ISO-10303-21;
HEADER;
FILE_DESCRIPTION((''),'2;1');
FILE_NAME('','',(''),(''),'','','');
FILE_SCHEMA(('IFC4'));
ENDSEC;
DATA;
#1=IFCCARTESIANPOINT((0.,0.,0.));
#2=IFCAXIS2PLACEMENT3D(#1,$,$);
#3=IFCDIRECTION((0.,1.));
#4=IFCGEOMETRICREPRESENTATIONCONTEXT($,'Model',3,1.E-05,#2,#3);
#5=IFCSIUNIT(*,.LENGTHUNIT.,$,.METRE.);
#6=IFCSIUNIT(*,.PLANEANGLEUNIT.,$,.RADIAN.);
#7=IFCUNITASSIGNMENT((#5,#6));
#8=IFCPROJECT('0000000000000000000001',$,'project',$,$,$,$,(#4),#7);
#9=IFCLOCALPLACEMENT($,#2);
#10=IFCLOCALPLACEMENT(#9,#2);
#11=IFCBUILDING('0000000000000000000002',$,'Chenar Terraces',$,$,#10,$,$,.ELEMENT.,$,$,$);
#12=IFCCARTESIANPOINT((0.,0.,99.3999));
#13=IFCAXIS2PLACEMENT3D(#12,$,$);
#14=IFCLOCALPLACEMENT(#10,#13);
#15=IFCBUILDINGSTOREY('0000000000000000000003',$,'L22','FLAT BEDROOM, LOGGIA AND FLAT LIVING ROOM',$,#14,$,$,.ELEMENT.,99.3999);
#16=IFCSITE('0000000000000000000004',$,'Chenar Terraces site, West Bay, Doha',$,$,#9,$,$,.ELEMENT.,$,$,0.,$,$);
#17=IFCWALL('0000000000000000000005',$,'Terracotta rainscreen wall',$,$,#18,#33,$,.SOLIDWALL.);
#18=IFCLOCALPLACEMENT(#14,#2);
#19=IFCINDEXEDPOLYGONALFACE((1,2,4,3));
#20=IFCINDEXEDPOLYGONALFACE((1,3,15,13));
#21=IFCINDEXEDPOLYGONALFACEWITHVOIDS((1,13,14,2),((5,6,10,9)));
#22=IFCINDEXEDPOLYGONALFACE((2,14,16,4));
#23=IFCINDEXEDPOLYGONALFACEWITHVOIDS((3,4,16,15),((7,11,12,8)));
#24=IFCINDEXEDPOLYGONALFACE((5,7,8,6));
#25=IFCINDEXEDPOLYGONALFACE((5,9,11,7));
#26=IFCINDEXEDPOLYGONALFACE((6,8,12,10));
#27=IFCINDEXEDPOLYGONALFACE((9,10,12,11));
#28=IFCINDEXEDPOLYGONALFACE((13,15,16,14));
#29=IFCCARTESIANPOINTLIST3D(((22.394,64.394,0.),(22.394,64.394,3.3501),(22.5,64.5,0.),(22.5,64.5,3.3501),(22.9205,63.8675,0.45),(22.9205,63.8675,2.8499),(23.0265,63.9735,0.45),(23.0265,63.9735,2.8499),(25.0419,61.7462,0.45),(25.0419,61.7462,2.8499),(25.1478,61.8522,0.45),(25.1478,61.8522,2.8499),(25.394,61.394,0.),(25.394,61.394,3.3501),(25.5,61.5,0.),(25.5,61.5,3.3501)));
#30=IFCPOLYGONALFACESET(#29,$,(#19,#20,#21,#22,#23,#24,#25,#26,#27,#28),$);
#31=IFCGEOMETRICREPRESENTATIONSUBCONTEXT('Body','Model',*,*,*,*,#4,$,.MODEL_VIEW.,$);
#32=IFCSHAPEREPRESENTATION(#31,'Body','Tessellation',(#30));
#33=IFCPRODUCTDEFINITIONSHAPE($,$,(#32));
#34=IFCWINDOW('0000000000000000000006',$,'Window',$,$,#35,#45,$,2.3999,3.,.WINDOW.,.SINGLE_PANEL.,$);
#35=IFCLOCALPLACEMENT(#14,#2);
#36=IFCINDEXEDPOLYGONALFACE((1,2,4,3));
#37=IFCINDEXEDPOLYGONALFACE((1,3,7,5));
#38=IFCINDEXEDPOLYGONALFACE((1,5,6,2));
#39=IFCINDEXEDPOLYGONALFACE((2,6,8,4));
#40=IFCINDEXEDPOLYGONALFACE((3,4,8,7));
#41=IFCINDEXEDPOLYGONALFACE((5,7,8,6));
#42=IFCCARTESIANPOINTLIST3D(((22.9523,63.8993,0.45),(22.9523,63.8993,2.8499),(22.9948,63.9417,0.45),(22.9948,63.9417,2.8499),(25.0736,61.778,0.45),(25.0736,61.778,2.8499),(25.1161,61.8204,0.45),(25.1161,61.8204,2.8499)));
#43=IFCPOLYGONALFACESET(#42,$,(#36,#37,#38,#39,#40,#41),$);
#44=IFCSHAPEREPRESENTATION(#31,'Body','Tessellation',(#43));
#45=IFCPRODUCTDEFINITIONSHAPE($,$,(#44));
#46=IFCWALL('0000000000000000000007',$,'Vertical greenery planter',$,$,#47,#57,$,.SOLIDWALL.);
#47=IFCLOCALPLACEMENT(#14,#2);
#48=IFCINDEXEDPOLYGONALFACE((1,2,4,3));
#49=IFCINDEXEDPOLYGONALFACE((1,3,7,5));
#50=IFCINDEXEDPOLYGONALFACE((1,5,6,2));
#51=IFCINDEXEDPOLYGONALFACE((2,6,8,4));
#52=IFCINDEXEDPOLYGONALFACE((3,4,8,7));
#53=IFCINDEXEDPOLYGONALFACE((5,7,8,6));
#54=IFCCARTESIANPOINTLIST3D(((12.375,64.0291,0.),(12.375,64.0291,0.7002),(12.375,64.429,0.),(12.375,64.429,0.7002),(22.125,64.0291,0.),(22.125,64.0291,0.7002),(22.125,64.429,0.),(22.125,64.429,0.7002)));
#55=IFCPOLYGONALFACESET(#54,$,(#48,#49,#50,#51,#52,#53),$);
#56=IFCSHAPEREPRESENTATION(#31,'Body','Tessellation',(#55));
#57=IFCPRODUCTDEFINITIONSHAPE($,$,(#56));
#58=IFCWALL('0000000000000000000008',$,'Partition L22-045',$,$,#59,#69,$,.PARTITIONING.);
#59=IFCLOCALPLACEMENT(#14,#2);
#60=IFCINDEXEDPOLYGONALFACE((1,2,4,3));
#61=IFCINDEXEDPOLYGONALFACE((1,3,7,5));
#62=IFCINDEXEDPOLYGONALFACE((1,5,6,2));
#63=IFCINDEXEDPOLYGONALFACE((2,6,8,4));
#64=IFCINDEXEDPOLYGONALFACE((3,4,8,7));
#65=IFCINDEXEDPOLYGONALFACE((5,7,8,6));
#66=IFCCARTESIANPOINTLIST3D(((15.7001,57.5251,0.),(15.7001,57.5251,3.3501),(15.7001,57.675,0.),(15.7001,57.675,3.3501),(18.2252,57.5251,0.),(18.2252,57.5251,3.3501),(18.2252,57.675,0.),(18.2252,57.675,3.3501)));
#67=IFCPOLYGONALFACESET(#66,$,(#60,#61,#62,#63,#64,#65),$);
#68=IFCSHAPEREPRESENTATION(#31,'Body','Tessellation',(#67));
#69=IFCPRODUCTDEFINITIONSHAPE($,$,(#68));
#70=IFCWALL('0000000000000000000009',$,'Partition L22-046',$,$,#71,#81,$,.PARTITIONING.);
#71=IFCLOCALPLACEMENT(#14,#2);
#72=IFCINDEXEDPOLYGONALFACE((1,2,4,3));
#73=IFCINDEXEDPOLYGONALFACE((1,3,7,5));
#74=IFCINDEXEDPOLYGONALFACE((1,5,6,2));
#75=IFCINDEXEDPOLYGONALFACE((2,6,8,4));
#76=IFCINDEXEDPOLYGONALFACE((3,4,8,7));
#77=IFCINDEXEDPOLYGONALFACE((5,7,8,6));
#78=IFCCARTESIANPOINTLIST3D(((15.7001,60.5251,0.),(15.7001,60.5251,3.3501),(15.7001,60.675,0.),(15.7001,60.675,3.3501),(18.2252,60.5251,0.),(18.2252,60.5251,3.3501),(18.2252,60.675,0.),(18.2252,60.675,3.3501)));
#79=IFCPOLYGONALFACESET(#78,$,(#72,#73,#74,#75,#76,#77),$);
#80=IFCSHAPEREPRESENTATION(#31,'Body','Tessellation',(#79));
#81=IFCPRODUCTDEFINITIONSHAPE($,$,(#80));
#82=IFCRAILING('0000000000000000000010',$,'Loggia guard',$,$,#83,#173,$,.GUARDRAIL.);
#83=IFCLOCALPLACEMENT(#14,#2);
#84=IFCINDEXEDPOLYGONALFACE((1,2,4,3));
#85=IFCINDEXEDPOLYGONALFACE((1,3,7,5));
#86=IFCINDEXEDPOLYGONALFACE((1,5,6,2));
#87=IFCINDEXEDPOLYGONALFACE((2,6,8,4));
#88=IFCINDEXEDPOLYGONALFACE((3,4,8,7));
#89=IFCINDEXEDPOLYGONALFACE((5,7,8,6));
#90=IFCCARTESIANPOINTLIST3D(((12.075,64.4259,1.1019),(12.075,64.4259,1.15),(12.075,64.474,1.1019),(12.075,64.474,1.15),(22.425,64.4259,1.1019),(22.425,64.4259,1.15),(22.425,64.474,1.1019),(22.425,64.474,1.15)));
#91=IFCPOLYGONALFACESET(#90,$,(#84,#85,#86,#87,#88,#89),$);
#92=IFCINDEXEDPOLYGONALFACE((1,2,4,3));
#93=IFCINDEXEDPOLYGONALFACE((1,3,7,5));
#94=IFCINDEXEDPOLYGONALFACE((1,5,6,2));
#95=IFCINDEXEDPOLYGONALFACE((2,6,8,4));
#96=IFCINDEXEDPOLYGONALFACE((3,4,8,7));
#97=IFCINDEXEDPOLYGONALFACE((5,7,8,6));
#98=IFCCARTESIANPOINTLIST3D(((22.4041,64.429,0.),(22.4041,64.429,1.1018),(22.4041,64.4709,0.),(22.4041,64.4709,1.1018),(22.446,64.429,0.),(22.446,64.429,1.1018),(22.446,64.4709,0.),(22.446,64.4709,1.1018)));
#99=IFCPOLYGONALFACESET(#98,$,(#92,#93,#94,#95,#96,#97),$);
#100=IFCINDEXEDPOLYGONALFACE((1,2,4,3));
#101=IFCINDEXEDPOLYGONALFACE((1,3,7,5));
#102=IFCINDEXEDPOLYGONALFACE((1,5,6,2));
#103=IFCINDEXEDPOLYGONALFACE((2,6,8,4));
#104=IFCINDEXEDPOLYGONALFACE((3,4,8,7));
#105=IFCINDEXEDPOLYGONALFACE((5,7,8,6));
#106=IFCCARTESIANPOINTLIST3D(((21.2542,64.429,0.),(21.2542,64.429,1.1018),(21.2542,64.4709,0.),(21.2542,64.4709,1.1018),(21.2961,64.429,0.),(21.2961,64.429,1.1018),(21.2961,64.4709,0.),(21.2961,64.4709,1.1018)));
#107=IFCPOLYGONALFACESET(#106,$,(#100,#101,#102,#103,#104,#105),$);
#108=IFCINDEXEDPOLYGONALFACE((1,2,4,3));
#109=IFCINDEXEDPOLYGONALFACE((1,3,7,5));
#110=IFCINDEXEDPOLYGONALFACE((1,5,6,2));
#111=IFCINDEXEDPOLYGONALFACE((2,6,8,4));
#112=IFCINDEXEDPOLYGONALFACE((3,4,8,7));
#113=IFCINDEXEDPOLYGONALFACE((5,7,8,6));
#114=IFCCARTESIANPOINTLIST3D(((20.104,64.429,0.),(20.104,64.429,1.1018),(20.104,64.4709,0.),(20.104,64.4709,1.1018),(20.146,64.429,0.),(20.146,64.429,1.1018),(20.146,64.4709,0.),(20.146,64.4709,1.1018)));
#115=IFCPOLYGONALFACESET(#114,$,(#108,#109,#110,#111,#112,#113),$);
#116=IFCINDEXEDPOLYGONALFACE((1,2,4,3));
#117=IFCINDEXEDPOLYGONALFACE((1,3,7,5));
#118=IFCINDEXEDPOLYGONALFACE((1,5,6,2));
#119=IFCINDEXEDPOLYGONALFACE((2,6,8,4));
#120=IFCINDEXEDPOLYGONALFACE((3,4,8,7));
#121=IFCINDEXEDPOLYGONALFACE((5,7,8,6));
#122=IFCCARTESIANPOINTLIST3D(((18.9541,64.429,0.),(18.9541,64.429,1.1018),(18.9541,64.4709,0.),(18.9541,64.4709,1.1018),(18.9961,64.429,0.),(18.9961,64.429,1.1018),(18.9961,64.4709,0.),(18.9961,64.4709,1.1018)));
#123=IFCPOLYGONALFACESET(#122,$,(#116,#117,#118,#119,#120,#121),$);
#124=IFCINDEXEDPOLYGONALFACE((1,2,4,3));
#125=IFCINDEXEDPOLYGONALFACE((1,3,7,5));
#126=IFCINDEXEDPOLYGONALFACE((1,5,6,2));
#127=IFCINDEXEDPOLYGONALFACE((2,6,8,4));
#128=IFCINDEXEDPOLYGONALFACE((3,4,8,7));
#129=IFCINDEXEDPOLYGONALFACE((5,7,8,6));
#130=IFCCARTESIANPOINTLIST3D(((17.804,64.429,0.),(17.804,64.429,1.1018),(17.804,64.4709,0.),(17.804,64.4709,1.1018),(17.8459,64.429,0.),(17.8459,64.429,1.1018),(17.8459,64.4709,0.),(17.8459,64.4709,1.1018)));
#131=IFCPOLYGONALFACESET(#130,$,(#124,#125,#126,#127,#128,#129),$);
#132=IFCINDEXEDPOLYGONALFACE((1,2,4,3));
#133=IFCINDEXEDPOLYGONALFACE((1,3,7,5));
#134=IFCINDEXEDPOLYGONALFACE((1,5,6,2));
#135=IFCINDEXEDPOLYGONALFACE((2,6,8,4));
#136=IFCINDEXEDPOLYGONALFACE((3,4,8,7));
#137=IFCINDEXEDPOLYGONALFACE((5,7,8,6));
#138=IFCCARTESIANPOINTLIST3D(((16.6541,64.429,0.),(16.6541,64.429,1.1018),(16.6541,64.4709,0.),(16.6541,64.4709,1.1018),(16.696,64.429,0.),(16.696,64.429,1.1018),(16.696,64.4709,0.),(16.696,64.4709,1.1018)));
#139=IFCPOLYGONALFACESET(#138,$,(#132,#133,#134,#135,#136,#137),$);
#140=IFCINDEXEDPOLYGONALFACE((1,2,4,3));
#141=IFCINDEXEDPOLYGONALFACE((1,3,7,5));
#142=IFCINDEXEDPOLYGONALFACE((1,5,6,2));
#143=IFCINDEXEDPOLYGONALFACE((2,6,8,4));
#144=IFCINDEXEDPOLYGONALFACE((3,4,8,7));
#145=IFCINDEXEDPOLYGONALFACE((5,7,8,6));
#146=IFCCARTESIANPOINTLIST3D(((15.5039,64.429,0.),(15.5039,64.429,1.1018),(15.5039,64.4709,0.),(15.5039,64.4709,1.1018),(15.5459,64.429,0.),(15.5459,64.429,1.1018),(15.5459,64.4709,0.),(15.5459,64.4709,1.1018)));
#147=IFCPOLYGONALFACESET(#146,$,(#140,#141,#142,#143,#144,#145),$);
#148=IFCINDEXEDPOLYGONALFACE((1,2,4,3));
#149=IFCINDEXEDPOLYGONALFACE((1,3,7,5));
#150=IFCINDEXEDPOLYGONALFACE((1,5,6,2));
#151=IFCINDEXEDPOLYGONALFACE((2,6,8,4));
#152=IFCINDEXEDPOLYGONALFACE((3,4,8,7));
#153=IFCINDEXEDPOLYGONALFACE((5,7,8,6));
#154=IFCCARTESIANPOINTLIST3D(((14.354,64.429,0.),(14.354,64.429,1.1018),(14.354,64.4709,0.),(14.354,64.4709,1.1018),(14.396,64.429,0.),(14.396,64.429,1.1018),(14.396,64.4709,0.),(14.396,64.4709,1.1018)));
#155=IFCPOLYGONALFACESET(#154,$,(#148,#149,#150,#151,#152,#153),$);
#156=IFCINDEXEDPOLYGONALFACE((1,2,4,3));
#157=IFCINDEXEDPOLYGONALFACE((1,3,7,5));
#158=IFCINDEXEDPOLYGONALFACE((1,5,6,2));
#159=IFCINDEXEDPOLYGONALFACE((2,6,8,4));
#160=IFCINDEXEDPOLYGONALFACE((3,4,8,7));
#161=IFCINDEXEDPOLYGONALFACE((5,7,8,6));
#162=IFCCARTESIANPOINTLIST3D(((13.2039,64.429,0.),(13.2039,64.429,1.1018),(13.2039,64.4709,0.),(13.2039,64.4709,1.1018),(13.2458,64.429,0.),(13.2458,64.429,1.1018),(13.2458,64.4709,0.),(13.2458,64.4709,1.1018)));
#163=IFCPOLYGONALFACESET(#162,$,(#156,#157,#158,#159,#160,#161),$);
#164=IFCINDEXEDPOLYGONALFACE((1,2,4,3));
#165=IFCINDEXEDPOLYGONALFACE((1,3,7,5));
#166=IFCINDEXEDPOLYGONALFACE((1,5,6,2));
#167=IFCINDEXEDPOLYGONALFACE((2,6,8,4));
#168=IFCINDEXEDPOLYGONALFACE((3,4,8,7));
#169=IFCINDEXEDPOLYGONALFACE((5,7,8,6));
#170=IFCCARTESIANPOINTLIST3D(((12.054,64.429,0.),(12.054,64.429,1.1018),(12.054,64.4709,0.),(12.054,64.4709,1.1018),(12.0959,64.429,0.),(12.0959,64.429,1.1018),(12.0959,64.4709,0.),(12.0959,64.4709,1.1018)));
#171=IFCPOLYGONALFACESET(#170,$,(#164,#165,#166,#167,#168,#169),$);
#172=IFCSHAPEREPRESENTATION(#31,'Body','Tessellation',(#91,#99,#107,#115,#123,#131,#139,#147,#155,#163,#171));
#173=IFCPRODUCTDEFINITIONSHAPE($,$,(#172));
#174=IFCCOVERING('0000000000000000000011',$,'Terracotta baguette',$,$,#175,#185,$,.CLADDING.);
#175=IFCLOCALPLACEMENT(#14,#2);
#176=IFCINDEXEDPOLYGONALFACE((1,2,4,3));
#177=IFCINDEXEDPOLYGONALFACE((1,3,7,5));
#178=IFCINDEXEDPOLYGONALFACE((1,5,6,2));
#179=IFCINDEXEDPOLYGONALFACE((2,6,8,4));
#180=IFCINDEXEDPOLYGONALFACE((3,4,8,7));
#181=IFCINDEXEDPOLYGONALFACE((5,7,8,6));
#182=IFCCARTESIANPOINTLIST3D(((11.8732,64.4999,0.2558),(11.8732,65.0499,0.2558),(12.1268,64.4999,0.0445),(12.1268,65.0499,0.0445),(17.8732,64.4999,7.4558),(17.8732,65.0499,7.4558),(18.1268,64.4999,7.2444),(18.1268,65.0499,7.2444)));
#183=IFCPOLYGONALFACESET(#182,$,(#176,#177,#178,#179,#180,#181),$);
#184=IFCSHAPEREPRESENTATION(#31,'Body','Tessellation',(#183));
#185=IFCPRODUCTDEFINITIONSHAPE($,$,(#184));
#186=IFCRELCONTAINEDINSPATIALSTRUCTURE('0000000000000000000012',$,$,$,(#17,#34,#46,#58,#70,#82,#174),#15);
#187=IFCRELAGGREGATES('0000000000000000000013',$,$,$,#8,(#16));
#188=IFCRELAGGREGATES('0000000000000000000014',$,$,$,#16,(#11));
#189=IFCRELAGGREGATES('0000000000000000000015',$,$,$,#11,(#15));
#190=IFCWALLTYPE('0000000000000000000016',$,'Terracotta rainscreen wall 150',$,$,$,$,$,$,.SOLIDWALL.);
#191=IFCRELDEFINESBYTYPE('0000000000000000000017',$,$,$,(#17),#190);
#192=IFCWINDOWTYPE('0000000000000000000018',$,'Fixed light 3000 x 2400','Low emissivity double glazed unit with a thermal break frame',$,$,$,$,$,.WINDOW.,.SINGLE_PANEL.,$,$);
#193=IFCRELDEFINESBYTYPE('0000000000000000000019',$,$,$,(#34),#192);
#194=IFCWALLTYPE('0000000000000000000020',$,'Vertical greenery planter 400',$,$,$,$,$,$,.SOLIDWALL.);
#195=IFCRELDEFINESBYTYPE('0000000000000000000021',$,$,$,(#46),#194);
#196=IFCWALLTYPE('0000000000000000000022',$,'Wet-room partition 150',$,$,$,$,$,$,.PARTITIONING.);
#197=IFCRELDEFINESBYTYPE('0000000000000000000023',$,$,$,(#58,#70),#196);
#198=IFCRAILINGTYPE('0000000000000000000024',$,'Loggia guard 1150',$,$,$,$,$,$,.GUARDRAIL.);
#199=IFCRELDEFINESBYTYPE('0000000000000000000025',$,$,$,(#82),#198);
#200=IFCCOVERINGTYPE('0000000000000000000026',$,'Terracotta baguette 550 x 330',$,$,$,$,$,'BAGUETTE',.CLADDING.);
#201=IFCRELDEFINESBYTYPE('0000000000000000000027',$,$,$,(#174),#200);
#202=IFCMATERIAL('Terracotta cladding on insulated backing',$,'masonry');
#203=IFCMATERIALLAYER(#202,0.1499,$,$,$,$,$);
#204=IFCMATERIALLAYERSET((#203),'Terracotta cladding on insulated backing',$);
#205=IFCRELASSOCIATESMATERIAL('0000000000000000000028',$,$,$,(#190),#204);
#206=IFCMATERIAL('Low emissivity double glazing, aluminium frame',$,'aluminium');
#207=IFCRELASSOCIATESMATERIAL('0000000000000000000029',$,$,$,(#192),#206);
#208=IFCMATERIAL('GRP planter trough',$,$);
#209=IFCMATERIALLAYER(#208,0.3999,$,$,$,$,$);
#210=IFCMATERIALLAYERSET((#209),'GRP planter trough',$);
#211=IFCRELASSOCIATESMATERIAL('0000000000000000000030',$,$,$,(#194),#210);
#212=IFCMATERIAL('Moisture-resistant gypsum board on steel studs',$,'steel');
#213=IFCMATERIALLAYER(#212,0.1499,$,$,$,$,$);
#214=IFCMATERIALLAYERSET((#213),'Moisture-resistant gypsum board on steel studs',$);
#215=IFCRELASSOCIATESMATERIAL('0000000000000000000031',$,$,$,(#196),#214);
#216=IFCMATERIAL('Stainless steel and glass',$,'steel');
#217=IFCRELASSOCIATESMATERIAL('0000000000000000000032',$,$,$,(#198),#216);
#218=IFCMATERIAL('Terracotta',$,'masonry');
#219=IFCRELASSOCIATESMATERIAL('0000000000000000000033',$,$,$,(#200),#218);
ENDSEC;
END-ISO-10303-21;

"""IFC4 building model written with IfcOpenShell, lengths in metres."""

from ifc_helpers import new_model, si_unit, direction, frame, frame_2d, origin, origin_2d, place, context, subcontext, project, spatial, rectangle, extrude, material, layer, layer_set, material_profile, profile_set, type_object, element, fill, save


model = new_model("IFC4")

# Units and contexts
model_context = context("Model", 3, precision=1e-05, world=origin(), true_north=direction((0.0, 1.0)))
body_context = subcontext(model_context, "Body", "Model", "MODEL_VIEW")
ifc_project = project(units=[si_unit("LENGTHUNIT", "METRE"), si_unit("PLANEANGLEUNIT", "RADIAN")], contexts=[model_context])

# Site, building, storey
site_placement = place(None, origin())
site = spatial("IfcSite", under=ifc_project, at=site_placement, Name="Chenar Terraces site, West Bay, Doha", CompositionType="ELEMENT", RefElevation=0.0)
building_placement = place(site_placement, origin())
building = spatial("IfcBuilding", under=site, at=building_placement, Name="Chenar Terraces", CompositionType="ELEMENT")
storey_placement = place(building_placement, frame((0.0, 0.0, 99.3999)))
storey = spatial("IfcBuildingStorey", under=building, at=storey_placement, Name="L22", Description="FLAT BEDROOM, LOGGIA AND FLAT LIVING ROOM", CompositionType="ELEMENT", Elevation=99.3999)

# Wall, opening, window
ifc_material_1 = material(Name="Terracotta cladding on insulated backing", Category="masonry")
ifc_layer_1 = layer(ifc_material_1, 0.1499)
ifc_layer_set_1 = layer_set([ifc_layer_1], Name="Terracotta cladding on insulated backing")
wall_type_1 = type_object("IfcWallType", Name="Terracotta rainscreen wall 150", PredefinedType="SOLIDWALL", material=ifc_layer_set_1)
wall_1_placement = place(storey_placement, frame((25.447, 61.447, 0.0), z_axis=(0.0, 0.0, 1.0), x_axis=(-0.707107, 0.707107, 0.0)))
wall_1 = element("IfcWall", 1, at=wall_1_placement, inside=storey, type_object=wall_type_1, Name="Terracotta rainscreen wall", PredefinedType="SOLIDWALL", context=body_context, shape_type="SweptSolid", body=[
    extrude(rectangle(XDim=4.2427, YDim=0.1499, at=frame_2d((2.1213, 0.0))), origin(), (0.0, 0.0, 1.0), 3.3501),
])
opening_1_placement = place(wall_1_placement, frame((0.498, 0.0, 0.45)))
opening_1 = element("IfcOpeningElement", 2, at=opening_1_placement, cuts=wall_1, PredefinedType="OPENING", context=body_context, shape_type="SweptSolid", body=[
    extrude(rectangle(XDim=3.0, YDim=2.3999, at=frame_2d((1.5, 1.2))), frame((0.0, 0.085, 0.0), z_axis=(0.0, -1.0, 0.0), x_axis=(1.0, 0.0, 0.0)), (0.0, 0.0, 1.0), 0.1699),
])
ifc_material_2 = material(Name="Low emissivity double glazing, aluminium frame", Category="aluminium")
window_type_1 = type_object("IfcWindowType", Name="Fixed light 3000 x 2400", Description="Low emissivity double glazed unit with a thermal break frame", PartitioningType="SINGLE_PANEL", PredefinedType="WINDOW", material=ifc_material_2)
window_1_placement = place(opening_1_placement, origin())
window_1 = element("IfcWindow", 3, at=window_1_placement, inside=storey, type_object=window_type_1, Name="Window", OverallHeight=2.3999, OverallWidth=3.0, PartitioningType="SINGLE_PANEL", PredefinedType="WINDOW", context=body_context, shape_type="SweptSolid", body=[
    extrude(rectangle(XDim=3.0, YDim=2.3999, at=frame_2d((1.5, 1.2))), frame((0.0, 0.03, 0.0), z_axis=(0.0, -1.0, 0.0), x_axis=(1.0, 0.0, 0.0)), (0.0, 0.0, 1.0), 0.0601),
])
fill(opening_1, window_1)

# Walls
ifc_material_3 = material(Name="GRP planter trough")
ifc_layer_2 = layer(ifc_material_3, 0.3999)
ifc_layer_set_2 = layer_set([ifc_layer_2], Name="GRP planter trough")
wall_type_2 = type_object("IfcWallType", Name="Vertical greenery planter 400", PredefinedType="SOLIDWALL", material=ifc_layer_set_2)
wall_2_placement = place(storey_placement, frame((22.125, 64.229, 0.0), z_axis=(0.0, 0.0, 1.0), x_axis=(-1.0, 0.0, 0.0)))
element("IfcWall", 4, at=wall_2_placement, inside=storey, type_object=wall_type_2, Name="Vertical greenery planter", PredefinedType="SOLIDWALL", context=body_context, shape_type="SweptSolid", body=[
    extrude(rectangle(XDim=9.75, YDim=0.3999, at=frame_2d((4.875, 0.0))), origin(), (0.0, 0.0, 1.0), 0.7002),
])
ifc_material_4 = material(Name="Moisture-resistant gypsum board on steel studs", Category="steel")
ifc_layer_3 = layer(ifc_material_4, 0.1499)
ifc_layer_set_3 = layer_set([ifc_layer_3], Name="Moisture-resistant gypsum board on steel studs")
wall_type_3 = type_object("IfcWallType", Name="Wet-room partition 150", PredefinedType="PARTITIONING", material=ifc_layer_set_3)
for number, where, z_axis, x_axis, name in (
    (5, (15.7, 57.6001, 0.0), (0.0, 0.0, 1.0), (1.0, 0.0, 0.0), "Partition L22-045"),
    (6, (15.7, 60.6001, 0.0), (0.0, 0.0, 1.0), (1.0, 0.0, 0.0), "Partition L22-046"),
):
    element("IfcWall", number, at=place(storey_placement, frame(where, z_axis=z_axis, x_axis=x_axis)), inside=storey, type_object=wall_type_3, Name=name, PredefinedType="PARTITIONING", context=body_context, shape_type="SweptSolid", body=[
        extrude(rectangle(XDim=2.5251, YDim=0.1499, at=frame_2d((1.2627, 0.0))), origin(), (0.0, 0.0, 1.0), 3.3501),
    ])

# Railing
ifc_material_5 = material(Name="Stainless steel and glass", Category="steel")
railing_type = type_object("IfcRailingType", Name="Loggia guard 1150", PredefinedType="GUARDRAIL", material=ifc_material_5)
railing_placement = place(storey_placement, frame((22.425, 64.45, 0.0)))
element("IfcRailing", 7, at=railing_placement, inside=storey, type_object=railing_type, Name="Loggia guard", PredefinedType="GUARDRAIL", context=body_context, shape_type="SweptSolid", body=[
    extrude(rectangle(XDim=0.0481, YDim=0.0481, at=origin_2d()), frame((0.0, 0.0, 1.126), z_axis=(-1.0, 0.0, 0.0), x_axis=(0.0, -1.0, 0.0)), (0.0, 0.0, 1.0), 10.3501),
    extrude(rectangle(XDim=0.042, YDim=0.042, at=origin_2d()), origin(), (0.0, 0.0, 1.0), 1.1018),
    extrude(rectangle(XDim=0.042, YDim=0.042, at=origin_2d()), frame((-1.1499, 0.0, 0.0)), (0.0, 0.0, 1.0), 1.1018),
    extrude(rectangle(XDim=0.042, YDim=0.042, at=origin_2d()), frame((-2.3, 0.0, 0.0)), (0.0, 0.0, 1.0), 1.1018),
    extrude(rectangle(XDim=0.042, YDim=0.042, at=origin_2d()), frame((-3.45, 0.0, 0.0)), (0.0, 0.0, 1.0), 1.1018),
    extrude(rectangle(XDim=0.042, YDim=0.042, at=origin_2d()), frame((-4.6001, 0.0, 0.0)), (0.0, 0.0, 1.0), 1.1018),
    extrude(rectangle(XDim=0.042, YDim=0.042, at=origin_2d()), frame((-5.75, 0.0, 0.0)), (0.0, 0.0, 1.0), 1.1018),
    extrude(rectangle(XDim=0.042, YDim=0.042, at=origin_2d()), frame((-6.9001, 0.0, 0.0)), (0.0, 0.0, 1.0), 1.1018),
    extrude(rectangle(XDim=0.042, YDim=0.042, at=origin_2d()), frame((-8.05, 0.0, 0.0)), (0.0, 0.0, 1.0), 1.1018),
    extrude(rectangle(XDim=0.042, YDim=0.042, at=origin_2d()), frame((-9.2002, 0.0, 0.0)), (0.0, 0.0, 1.0), 1.1018),
    extrude(rectangle(XDim=0.042, YDim=0.042, at=origin_2d()), frame((-10.3501, 0.0, 0.0)), (0.0, 0.0, 1.0), 1.1018),
])

# Covering
ifc_material_6 = material(Name="Terracotta", Category="masonry")
ifc_material_profile = material_profile(ifc_material_6, rectangle(XDim=0.55, YDim=0.3301, at=origin_2d()), Name="Terracotta baguette 550 x 330")
ifc_profile_set = profile_set([ifc_material_profile], Name="Terracotta")
covering_type = type_object("IfcCoveringType", Name="Terracotta baguette 550 x 330", ElementType="BAGUETTE", PredefinedType="CLADDING", material=ifc_profile_set)
covering_placement = place(storey_placement, frame((18.0, 64.7749, 7.3501), z_axis=(-0.640187, 0.0, -0.768219), x_axis=(0.0, -1.0, 0.0)))
element("IfcCovering", 8, at=covering_placement, inside=storey, type_object=covering_type, Name="Terracotta baguette", PredefinedType="CLADDING", context=body_context, shape_type="SweptSolid", body=[
    extrude(rectangle(XDim=0.55, YDim=0.3301, at=origin_2d()), origin(), (0.0, 0.0, 1.0), 9.3723),
])

save(model, "model.ifc")
